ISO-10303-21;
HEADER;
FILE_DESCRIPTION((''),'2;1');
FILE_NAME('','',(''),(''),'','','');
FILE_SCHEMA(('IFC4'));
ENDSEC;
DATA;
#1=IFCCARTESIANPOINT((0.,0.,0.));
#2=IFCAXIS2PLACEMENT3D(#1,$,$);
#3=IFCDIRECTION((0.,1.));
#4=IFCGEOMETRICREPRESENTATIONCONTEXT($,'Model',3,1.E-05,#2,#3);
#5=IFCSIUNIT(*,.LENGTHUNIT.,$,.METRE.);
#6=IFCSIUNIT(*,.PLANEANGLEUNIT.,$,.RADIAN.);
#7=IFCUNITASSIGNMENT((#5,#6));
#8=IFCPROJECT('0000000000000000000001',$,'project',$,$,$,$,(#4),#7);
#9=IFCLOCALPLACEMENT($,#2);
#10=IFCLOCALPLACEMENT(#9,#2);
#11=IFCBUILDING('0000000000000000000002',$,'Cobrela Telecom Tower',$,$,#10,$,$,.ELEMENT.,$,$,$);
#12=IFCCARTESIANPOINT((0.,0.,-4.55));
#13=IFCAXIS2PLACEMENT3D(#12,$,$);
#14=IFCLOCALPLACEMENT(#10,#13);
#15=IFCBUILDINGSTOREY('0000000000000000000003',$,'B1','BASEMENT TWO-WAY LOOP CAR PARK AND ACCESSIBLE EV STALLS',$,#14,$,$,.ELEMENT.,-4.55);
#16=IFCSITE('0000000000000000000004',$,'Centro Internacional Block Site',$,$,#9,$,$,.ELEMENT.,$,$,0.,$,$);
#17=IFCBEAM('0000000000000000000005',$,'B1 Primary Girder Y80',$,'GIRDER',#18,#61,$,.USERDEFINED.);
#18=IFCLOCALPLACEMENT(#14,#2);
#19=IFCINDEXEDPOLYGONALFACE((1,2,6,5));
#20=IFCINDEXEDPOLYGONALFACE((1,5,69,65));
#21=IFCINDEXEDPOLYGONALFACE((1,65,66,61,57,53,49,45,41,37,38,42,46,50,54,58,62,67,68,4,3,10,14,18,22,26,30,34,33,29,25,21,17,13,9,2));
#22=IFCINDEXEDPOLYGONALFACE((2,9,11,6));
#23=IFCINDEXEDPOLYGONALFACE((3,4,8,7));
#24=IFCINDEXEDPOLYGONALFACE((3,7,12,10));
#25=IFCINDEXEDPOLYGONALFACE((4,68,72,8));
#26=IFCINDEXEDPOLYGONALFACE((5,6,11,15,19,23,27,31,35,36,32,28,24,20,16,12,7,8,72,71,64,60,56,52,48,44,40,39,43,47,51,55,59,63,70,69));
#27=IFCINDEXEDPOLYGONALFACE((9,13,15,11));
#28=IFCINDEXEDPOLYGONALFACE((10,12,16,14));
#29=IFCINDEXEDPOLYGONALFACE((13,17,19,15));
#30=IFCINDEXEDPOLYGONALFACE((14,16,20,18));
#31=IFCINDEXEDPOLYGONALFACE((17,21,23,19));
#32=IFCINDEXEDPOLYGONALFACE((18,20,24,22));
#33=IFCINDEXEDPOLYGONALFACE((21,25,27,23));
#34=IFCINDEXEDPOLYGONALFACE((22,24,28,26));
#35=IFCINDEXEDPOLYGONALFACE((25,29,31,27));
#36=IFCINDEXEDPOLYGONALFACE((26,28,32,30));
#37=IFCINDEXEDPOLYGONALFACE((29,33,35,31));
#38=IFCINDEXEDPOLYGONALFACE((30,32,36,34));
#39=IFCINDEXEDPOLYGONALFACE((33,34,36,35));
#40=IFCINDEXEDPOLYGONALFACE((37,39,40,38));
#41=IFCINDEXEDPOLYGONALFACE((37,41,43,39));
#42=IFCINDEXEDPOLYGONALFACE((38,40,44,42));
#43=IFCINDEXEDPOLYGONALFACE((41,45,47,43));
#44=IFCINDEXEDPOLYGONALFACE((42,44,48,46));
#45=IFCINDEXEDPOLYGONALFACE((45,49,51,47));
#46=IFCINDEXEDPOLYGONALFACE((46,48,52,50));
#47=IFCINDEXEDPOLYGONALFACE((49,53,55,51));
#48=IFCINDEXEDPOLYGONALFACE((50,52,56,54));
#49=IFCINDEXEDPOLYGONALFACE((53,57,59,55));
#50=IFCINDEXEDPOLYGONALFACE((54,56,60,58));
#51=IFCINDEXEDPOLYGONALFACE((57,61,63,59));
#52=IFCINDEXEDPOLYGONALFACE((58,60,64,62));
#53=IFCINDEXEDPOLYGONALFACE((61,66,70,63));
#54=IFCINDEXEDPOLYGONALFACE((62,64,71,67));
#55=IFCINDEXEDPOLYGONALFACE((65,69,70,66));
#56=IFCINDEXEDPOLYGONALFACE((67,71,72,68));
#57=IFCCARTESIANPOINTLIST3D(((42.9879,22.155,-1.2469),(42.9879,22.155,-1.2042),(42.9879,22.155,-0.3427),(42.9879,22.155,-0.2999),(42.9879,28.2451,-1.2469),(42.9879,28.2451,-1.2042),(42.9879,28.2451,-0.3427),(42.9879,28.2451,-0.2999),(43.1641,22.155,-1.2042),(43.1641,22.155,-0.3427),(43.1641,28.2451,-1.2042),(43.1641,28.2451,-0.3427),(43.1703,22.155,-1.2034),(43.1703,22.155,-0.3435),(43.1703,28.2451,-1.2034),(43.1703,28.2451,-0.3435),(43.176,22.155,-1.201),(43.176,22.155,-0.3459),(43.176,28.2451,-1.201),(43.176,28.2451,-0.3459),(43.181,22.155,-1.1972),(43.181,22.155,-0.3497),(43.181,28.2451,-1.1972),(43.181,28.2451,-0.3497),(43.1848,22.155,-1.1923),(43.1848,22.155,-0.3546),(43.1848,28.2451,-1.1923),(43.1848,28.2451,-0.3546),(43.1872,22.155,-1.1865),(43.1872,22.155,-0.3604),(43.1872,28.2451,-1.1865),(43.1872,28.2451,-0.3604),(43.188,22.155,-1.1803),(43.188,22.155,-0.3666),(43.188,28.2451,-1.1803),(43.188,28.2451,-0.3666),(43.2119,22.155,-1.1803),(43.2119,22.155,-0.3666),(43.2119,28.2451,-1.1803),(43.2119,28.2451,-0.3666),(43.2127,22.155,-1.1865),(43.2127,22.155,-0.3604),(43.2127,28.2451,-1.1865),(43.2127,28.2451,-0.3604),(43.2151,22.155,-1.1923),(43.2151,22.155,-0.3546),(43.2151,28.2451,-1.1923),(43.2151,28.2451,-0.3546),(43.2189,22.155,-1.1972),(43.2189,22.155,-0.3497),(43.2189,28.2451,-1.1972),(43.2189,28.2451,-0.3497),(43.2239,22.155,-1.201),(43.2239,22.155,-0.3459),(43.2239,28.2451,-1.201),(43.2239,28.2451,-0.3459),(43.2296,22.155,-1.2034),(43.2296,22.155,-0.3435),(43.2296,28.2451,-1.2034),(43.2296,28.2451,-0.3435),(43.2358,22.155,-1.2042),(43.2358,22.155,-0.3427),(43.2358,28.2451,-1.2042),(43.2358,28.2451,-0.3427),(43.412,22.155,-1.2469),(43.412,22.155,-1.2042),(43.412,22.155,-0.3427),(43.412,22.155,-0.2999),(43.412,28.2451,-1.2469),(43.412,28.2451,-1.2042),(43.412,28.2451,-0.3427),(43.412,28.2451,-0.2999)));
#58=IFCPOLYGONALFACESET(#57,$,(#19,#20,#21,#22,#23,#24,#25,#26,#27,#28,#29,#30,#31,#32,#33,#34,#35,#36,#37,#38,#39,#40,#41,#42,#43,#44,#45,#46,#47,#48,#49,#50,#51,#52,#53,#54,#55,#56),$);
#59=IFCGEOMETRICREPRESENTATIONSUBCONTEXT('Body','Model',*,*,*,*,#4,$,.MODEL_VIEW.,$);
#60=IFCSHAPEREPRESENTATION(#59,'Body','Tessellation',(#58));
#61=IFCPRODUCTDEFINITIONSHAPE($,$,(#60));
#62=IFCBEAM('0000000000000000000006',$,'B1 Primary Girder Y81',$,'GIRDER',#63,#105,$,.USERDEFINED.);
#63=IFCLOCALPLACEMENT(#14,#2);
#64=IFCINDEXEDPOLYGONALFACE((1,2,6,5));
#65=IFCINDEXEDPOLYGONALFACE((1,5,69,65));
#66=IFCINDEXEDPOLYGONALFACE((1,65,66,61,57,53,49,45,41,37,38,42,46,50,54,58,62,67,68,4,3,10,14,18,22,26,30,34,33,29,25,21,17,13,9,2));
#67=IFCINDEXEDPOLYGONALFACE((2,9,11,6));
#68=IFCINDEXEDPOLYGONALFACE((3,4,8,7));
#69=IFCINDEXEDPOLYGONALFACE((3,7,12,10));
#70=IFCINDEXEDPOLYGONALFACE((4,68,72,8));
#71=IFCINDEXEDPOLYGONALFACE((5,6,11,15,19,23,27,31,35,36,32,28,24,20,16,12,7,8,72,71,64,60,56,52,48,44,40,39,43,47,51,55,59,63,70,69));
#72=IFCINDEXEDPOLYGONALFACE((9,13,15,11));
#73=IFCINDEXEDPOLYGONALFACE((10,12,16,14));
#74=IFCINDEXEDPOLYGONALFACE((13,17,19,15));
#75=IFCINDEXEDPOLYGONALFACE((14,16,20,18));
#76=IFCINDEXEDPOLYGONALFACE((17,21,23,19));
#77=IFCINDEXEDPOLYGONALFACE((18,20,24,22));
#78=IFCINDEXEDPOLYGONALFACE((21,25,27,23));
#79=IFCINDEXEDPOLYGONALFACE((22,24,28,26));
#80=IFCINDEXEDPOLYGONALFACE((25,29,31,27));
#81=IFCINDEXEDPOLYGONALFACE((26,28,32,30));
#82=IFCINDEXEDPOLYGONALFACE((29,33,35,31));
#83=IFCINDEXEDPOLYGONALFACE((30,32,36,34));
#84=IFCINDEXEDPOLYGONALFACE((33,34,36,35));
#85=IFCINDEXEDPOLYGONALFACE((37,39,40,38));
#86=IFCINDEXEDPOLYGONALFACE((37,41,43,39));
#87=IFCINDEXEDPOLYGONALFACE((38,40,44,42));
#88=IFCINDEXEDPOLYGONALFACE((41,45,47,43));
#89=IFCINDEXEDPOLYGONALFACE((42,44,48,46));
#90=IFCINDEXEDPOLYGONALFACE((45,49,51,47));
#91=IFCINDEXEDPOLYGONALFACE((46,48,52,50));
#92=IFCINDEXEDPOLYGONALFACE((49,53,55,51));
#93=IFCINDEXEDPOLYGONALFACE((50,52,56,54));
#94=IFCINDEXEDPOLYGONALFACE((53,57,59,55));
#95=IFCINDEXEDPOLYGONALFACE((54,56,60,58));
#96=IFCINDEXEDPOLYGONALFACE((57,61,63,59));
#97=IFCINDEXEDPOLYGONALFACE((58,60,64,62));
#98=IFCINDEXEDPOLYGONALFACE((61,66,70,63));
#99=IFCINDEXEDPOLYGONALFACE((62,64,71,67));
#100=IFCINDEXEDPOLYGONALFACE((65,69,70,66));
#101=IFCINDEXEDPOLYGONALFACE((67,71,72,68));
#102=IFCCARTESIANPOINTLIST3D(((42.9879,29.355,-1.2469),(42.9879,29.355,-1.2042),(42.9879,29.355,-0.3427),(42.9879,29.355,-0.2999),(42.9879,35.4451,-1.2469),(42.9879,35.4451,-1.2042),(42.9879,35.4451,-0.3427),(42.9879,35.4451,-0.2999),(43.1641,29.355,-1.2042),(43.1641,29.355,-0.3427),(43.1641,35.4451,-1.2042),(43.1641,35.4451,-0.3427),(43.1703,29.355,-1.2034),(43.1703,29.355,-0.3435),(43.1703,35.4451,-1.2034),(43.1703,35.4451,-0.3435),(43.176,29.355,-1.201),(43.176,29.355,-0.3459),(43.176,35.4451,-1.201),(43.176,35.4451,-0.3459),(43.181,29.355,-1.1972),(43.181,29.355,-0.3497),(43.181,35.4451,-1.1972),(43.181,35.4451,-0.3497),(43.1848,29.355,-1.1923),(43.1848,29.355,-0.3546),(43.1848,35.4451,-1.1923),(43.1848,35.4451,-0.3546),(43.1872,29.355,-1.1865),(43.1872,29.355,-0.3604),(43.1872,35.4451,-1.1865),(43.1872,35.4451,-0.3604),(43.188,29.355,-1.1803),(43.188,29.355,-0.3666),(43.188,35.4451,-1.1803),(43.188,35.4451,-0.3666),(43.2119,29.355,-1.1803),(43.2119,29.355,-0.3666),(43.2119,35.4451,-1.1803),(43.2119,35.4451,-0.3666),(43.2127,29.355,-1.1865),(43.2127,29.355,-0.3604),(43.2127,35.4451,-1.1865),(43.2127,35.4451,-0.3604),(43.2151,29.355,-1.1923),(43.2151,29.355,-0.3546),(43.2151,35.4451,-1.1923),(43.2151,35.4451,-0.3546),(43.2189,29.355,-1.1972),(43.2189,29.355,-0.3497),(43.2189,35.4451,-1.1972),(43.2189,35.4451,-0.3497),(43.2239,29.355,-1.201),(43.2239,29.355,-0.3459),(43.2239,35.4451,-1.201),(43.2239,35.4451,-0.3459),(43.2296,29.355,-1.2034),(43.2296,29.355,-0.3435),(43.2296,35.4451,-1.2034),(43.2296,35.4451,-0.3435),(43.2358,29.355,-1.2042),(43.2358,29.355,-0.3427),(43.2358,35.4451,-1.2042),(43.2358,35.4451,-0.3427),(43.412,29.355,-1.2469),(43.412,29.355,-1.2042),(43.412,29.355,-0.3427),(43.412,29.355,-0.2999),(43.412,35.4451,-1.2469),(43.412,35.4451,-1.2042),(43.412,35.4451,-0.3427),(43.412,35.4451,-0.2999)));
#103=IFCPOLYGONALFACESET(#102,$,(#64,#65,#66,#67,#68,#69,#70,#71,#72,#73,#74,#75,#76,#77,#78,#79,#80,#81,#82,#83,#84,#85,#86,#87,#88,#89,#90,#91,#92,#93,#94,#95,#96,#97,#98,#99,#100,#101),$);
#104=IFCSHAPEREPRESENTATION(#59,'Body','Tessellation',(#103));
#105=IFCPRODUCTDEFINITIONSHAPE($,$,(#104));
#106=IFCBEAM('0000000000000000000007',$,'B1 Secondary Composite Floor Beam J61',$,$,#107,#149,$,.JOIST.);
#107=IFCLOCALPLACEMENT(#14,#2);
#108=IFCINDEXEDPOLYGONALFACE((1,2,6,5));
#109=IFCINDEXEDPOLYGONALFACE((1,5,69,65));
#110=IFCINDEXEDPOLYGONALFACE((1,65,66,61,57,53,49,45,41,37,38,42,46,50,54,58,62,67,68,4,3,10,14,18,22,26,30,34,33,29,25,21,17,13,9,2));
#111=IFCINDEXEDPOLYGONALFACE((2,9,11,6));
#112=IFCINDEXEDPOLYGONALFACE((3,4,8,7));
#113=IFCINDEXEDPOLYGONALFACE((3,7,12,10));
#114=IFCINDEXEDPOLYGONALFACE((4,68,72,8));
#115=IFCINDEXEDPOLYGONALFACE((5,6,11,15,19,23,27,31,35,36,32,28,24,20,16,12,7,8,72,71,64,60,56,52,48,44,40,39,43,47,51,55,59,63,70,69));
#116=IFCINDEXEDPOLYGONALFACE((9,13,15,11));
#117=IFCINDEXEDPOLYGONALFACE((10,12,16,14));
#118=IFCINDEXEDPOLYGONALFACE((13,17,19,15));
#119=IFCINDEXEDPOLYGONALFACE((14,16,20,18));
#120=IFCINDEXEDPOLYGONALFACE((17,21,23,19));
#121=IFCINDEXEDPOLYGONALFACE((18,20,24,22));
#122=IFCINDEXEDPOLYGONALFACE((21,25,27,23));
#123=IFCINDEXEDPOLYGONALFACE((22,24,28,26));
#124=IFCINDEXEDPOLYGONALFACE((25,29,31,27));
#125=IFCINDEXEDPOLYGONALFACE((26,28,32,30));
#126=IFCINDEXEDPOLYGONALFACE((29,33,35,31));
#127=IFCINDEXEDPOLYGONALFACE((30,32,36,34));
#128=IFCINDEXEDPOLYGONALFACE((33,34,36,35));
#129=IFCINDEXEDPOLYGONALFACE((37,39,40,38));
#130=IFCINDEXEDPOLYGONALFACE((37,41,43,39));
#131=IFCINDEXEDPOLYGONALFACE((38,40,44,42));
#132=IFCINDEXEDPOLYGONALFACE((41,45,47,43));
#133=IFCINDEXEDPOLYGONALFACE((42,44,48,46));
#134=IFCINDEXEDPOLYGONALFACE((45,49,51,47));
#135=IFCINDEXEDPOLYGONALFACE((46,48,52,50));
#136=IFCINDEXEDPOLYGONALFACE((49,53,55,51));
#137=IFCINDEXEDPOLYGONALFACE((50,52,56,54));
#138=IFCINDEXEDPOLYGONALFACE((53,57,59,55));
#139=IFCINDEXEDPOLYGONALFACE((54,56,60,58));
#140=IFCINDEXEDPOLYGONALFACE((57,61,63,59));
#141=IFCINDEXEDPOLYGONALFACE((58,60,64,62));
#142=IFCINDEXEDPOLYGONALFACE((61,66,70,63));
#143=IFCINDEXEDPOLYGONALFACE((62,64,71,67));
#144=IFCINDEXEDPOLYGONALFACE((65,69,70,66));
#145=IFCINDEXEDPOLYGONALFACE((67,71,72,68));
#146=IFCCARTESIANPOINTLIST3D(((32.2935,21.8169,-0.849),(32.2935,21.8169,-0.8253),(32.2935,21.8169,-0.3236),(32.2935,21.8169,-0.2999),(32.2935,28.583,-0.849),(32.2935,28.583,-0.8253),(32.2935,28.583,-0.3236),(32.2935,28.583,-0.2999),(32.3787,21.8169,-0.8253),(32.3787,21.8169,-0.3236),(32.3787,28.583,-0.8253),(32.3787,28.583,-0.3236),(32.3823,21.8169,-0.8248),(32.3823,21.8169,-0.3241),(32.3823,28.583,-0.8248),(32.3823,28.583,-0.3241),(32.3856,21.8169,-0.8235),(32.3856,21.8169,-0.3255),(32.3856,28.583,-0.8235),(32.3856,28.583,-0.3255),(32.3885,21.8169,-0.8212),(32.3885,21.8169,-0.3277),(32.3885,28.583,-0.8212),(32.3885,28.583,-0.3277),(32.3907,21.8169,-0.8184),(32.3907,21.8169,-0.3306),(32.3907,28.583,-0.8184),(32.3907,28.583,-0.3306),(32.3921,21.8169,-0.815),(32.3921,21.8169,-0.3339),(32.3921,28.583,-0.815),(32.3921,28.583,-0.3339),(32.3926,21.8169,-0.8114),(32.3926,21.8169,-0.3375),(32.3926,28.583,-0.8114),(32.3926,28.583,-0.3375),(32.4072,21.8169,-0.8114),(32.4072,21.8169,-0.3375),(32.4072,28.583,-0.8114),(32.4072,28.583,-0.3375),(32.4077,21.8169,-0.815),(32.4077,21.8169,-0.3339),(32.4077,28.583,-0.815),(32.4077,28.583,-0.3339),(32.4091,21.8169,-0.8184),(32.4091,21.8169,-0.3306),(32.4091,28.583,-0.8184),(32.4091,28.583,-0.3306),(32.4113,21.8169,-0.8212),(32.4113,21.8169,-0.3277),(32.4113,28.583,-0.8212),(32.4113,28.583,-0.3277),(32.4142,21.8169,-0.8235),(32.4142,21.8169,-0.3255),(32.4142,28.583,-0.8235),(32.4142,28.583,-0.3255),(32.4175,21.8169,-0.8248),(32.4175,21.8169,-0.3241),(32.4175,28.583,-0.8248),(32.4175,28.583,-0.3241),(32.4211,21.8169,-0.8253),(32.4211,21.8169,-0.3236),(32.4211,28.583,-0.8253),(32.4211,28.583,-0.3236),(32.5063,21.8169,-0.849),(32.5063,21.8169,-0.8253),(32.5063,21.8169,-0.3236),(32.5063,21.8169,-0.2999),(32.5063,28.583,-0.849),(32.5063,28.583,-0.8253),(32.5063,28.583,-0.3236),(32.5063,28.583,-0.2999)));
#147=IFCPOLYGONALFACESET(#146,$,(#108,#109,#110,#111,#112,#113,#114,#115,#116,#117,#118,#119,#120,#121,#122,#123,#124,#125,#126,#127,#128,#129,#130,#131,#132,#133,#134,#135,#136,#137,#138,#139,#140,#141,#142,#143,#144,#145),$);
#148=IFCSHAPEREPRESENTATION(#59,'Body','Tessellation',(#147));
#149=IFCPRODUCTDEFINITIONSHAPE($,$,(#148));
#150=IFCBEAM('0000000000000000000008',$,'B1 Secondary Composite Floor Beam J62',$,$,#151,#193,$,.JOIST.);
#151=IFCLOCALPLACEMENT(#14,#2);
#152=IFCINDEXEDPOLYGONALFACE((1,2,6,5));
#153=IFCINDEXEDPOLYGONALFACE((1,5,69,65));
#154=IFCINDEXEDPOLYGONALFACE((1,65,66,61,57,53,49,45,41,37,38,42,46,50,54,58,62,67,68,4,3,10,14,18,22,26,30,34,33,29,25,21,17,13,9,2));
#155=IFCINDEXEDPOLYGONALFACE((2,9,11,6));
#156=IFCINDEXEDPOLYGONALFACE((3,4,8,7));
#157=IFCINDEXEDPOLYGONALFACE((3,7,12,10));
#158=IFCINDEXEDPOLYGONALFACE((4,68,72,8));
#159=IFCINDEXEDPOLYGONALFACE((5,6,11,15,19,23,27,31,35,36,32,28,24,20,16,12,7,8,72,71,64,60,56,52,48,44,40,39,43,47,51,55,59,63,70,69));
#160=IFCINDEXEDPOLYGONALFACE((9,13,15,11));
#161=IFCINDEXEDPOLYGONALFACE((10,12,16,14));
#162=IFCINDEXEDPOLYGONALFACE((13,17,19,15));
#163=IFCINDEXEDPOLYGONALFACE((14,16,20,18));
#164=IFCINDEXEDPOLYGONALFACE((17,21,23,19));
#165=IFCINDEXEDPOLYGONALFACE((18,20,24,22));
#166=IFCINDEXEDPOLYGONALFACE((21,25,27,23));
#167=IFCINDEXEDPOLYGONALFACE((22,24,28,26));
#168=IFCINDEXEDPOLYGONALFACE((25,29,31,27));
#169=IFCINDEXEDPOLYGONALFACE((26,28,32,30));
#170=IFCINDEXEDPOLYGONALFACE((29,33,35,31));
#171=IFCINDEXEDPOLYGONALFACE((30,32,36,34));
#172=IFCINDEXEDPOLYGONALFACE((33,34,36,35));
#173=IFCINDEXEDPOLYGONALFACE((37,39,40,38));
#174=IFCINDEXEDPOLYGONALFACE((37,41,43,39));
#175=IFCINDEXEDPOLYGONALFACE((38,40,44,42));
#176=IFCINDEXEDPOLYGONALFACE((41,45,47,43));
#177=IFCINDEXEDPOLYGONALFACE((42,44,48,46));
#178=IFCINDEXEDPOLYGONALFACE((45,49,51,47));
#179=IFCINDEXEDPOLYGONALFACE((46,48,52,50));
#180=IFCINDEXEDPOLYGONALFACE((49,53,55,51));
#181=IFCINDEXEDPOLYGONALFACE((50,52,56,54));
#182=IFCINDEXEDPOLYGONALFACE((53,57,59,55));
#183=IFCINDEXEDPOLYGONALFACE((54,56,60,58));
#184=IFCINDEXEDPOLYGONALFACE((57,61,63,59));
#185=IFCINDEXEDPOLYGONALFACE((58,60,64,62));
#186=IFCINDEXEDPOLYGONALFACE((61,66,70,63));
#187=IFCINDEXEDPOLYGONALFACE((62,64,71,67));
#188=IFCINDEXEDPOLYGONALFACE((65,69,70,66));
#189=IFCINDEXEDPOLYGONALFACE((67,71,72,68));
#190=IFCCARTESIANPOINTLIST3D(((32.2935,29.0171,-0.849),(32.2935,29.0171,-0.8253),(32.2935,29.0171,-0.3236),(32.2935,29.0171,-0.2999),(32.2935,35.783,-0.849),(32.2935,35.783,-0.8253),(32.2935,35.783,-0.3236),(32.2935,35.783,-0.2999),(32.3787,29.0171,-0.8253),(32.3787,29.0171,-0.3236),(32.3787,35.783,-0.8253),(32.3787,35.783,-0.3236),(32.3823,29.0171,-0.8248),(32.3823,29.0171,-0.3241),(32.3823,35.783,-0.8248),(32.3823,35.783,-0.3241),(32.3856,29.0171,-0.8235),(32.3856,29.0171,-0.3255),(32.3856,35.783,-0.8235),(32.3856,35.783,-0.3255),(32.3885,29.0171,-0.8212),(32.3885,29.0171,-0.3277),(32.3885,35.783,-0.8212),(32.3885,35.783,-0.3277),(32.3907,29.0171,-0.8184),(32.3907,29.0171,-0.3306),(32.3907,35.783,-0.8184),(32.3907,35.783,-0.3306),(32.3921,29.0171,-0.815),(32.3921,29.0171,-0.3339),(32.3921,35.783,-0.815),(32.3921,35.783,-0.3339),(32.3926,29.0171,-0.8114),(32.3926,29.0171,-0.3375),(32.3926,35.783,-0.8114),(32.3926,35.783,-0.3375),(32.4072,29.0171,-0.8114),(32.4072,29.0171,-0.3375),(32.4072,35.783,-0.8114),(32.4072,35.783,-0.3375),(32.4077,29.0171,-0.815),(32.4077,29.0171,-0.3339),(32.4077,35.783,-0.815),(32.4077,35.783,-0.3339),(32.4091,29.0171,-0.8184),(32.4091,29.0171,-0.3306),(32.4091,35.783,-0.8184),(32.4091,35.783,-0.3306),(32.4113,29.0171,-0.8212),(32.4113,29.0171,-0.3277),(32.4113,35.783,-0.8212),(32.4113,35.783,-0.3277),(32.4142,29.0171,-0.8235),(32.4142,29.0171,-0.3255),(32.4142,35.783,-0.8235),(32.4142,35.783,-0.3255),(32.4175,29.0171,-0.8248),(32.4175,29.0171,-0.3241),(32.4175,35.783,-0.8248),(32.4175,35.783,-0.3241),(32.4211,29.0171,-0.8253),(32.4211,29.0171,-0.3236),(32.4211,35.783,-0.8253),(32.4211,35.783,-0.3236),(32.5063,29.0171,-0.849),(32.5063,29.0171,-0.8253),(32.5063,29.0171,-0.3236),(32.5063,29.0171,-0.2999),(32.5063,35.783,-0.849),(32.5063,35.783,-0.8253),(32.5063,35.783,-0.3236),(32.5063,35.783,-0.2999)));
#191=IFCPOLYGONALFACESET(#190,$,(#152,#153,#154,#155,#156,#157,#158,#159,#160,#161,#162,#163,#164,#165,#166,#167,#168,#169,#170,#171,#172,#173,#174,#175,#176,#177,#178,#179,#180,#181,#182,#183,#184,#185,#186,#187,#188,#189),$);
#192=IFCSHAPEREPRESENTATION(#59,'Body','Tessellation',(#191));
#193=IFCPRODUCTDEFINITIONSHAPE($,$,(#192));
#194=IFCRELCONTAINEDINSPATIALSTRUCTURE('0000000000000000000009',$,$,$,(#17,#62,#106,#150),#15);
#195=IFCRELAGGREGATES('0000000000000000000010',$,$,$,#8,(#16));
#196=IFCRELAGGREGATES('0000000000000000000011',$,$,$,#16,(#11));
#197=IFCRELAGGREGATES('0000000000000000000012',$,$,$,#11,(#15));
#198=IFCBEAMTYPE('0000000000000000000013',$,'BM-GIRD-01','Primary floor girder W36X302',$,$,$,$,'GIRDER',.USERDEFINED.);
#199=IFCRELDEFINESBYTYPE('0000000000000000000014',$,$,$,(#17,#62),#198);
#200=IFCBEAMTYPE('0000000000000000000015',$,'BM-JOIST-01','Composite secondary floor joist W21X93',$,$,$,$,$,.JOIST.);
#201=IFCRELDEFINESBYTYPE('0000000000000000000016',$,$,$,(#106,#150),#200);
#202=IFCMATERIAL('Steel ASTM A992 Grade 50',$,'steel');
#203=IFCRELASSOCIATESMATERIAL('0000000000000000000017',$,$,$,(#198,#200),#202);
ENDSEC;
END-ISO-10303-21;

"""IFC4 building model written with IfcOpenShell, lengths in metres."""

from ifc_helpers import new_model, si_unit, direction, frame, origin, origin_2d, place, context, subcontext, project, spatial, i_section, extrude, material, material_profile, profile_set, type_object, element, save


model = new_model("IFC4")

# Units and contexts
model_context = context("Model", 3, precision=1e-05, world=origin(), true_north=direction((0.0, 1.0)))
body_context = subcontext(model_context, "Body", "Model", "MODEL_VIEW")
ifc_project = project(units=[si_unit("LENGTHUNIT", "METRE"), si_unit("PLANEANGLEUNIT", "RADIAN")], contexts=[model_context])

# Site, building, storey
site_placement = place(None, origin())
site = spatial("IfcSite", under=ifc_project, at=site_placement, Name="Centro Internacional Block Site", CompositionType="ELEMENT", RefElevation=0.0)
building_placement = place(site_placement, origin())
building = spatial("IfcBuilding", under=site, at=building_placement, Name="Cobrela Telecom Tower", CompositionType="ELEMENT")
storey_placement = place(building_placement, frame((0.0, 0.0, -4.55)))
storey = spatial("IfcBuildingStorey", under=building, at=storey_placement, Name="B1", Description="BASEMENT TWO-WAY LOOP CAR PARK AND ACCESSIBLE EV STALLS", CompositionType="ELEMENT", Elevation=-4.55)

# Beams
ifc_material_1 = material(Name="Steel ASTM A992 Grade 50", Category="steel")
ifc_material_profile_1 = material_profile(ifc_material_1, i_section(OverallWidth=0.4241, OverallDepth=0.947, WebThickness=0.0239, FlangeThickness=0.0427, FilletRadius=0.0239, at=origin_2d()), Name="W36X302")
ifc_profile_set_1 = profile_set([ifc_material_profile_1], Name="Steel ASTM A992 Grade 50")
beam_type_1 = type_object("IfcBeamType", Name="BM-GIRD-01", Description="Primary floor girder W36X302", ElementType="GIRDER", PredefinedType="USERDEFINED", material=ifc_profile_set_1)
for number, where, z_axis, x_axis, name in (
    (1, (43.2, 22.155, -0.7734), (0.0, 1.0, 0.0), (-1.0, 0.0, 0.0), "B1 Primary Girder Y80"),
    (2, (43.2, 29.355, -0.7734), (0.0, 1.0, 0.0), (-1.0, 0.0, 0.0), "B1 Primary Girder Y81"),
):
    element("IfcBeam", number, at=place(storey_placement, frame(where, z_axis=z_axis, x_axis=x_axis)), inside=storey, type_object=beam_type_1, Name=name, ObjectType="GIRDER", PredefinedType="USERDEFINED", context=body_context, shape_type="SweptSolid", body=[
        extrude(i_section(OverallWidth=0.4241, OverallDepth=0.947, WebThickness=0.0239, FlangeThickness=0.0427, FilletRadius=0.0239, at=origin_2d()), origin(), (0.0, 0.0, 1.0), 6.0901),
    ])
ifc_material_profile_2 = material_profile(ifc_material_1, i_section(OverallWidth=0.2129, OverallDepth=0.5491, WebThickness=0.0146, FlangeThickness=0.0237, FilletRadius=0.0139, at=origin_2d()), Name="W21X93")
ifc_profile_set_2 = profile_set([ifc_material_profile_2], Name="Steel ASTM A992 Grade 50")
beam_type_2 = type_object("IfcBeamType", Name="BM-JOIST-01", Description="Composite secondary floor joist W21X93", PredefinedType="JOIST", material=ifc_profile_set_2)
beam_1_placement = place(storey_placement, frame((32.3999, 21.8169, -0.5745), z_axis=(0.0, 1.0, 0.0), x_axis=(-1.0, 0.0, 0.0)))
element("IfcBeam", 3, at=beam_1_placement, inside=storey, type_object=beam_type_2, Name="B1 Secondary Composite Floor Beam J61", PredefinedType="JOIST", context=body_context, shape_type="SweptSolid", body=[
    extrude(i_section(OverallWidth=0.2129, OverallDepth=0.5491, WebThickness=0.0146, FlangeThickness=0.0237, FilletRadius=0.0139, at=origin_2d()), origin(), (0.0, 0.0, 1.0), 6.7661),
])
beam_2_placement = place(storey_placement, frame((32.3999, 29.0171, -0.5745), z_axis=(0.0, 1.0, 0.0), x_axis=(-1.0, 0.0, 0.0)))
element("IfcBeam", 4, at=beam_2_placement, inside=storey, type_object=beam_type_2, Name="B1 Secondary Composite Floor Beam J62", PredefinedType="JOIST", context=body_context, shape_type="SweptSolid", body=[
    extrude(i_section(OverallWidth=0.2129, OverallDepth=0.5491, WebThickness=0.0146, FlangeThickness=0.0237, FilletRadius=0.0139, at=origin_2d()), origin(), (0.0, 0.0, 1.0), 6.7659),
])

save(model, "model.ifc")
